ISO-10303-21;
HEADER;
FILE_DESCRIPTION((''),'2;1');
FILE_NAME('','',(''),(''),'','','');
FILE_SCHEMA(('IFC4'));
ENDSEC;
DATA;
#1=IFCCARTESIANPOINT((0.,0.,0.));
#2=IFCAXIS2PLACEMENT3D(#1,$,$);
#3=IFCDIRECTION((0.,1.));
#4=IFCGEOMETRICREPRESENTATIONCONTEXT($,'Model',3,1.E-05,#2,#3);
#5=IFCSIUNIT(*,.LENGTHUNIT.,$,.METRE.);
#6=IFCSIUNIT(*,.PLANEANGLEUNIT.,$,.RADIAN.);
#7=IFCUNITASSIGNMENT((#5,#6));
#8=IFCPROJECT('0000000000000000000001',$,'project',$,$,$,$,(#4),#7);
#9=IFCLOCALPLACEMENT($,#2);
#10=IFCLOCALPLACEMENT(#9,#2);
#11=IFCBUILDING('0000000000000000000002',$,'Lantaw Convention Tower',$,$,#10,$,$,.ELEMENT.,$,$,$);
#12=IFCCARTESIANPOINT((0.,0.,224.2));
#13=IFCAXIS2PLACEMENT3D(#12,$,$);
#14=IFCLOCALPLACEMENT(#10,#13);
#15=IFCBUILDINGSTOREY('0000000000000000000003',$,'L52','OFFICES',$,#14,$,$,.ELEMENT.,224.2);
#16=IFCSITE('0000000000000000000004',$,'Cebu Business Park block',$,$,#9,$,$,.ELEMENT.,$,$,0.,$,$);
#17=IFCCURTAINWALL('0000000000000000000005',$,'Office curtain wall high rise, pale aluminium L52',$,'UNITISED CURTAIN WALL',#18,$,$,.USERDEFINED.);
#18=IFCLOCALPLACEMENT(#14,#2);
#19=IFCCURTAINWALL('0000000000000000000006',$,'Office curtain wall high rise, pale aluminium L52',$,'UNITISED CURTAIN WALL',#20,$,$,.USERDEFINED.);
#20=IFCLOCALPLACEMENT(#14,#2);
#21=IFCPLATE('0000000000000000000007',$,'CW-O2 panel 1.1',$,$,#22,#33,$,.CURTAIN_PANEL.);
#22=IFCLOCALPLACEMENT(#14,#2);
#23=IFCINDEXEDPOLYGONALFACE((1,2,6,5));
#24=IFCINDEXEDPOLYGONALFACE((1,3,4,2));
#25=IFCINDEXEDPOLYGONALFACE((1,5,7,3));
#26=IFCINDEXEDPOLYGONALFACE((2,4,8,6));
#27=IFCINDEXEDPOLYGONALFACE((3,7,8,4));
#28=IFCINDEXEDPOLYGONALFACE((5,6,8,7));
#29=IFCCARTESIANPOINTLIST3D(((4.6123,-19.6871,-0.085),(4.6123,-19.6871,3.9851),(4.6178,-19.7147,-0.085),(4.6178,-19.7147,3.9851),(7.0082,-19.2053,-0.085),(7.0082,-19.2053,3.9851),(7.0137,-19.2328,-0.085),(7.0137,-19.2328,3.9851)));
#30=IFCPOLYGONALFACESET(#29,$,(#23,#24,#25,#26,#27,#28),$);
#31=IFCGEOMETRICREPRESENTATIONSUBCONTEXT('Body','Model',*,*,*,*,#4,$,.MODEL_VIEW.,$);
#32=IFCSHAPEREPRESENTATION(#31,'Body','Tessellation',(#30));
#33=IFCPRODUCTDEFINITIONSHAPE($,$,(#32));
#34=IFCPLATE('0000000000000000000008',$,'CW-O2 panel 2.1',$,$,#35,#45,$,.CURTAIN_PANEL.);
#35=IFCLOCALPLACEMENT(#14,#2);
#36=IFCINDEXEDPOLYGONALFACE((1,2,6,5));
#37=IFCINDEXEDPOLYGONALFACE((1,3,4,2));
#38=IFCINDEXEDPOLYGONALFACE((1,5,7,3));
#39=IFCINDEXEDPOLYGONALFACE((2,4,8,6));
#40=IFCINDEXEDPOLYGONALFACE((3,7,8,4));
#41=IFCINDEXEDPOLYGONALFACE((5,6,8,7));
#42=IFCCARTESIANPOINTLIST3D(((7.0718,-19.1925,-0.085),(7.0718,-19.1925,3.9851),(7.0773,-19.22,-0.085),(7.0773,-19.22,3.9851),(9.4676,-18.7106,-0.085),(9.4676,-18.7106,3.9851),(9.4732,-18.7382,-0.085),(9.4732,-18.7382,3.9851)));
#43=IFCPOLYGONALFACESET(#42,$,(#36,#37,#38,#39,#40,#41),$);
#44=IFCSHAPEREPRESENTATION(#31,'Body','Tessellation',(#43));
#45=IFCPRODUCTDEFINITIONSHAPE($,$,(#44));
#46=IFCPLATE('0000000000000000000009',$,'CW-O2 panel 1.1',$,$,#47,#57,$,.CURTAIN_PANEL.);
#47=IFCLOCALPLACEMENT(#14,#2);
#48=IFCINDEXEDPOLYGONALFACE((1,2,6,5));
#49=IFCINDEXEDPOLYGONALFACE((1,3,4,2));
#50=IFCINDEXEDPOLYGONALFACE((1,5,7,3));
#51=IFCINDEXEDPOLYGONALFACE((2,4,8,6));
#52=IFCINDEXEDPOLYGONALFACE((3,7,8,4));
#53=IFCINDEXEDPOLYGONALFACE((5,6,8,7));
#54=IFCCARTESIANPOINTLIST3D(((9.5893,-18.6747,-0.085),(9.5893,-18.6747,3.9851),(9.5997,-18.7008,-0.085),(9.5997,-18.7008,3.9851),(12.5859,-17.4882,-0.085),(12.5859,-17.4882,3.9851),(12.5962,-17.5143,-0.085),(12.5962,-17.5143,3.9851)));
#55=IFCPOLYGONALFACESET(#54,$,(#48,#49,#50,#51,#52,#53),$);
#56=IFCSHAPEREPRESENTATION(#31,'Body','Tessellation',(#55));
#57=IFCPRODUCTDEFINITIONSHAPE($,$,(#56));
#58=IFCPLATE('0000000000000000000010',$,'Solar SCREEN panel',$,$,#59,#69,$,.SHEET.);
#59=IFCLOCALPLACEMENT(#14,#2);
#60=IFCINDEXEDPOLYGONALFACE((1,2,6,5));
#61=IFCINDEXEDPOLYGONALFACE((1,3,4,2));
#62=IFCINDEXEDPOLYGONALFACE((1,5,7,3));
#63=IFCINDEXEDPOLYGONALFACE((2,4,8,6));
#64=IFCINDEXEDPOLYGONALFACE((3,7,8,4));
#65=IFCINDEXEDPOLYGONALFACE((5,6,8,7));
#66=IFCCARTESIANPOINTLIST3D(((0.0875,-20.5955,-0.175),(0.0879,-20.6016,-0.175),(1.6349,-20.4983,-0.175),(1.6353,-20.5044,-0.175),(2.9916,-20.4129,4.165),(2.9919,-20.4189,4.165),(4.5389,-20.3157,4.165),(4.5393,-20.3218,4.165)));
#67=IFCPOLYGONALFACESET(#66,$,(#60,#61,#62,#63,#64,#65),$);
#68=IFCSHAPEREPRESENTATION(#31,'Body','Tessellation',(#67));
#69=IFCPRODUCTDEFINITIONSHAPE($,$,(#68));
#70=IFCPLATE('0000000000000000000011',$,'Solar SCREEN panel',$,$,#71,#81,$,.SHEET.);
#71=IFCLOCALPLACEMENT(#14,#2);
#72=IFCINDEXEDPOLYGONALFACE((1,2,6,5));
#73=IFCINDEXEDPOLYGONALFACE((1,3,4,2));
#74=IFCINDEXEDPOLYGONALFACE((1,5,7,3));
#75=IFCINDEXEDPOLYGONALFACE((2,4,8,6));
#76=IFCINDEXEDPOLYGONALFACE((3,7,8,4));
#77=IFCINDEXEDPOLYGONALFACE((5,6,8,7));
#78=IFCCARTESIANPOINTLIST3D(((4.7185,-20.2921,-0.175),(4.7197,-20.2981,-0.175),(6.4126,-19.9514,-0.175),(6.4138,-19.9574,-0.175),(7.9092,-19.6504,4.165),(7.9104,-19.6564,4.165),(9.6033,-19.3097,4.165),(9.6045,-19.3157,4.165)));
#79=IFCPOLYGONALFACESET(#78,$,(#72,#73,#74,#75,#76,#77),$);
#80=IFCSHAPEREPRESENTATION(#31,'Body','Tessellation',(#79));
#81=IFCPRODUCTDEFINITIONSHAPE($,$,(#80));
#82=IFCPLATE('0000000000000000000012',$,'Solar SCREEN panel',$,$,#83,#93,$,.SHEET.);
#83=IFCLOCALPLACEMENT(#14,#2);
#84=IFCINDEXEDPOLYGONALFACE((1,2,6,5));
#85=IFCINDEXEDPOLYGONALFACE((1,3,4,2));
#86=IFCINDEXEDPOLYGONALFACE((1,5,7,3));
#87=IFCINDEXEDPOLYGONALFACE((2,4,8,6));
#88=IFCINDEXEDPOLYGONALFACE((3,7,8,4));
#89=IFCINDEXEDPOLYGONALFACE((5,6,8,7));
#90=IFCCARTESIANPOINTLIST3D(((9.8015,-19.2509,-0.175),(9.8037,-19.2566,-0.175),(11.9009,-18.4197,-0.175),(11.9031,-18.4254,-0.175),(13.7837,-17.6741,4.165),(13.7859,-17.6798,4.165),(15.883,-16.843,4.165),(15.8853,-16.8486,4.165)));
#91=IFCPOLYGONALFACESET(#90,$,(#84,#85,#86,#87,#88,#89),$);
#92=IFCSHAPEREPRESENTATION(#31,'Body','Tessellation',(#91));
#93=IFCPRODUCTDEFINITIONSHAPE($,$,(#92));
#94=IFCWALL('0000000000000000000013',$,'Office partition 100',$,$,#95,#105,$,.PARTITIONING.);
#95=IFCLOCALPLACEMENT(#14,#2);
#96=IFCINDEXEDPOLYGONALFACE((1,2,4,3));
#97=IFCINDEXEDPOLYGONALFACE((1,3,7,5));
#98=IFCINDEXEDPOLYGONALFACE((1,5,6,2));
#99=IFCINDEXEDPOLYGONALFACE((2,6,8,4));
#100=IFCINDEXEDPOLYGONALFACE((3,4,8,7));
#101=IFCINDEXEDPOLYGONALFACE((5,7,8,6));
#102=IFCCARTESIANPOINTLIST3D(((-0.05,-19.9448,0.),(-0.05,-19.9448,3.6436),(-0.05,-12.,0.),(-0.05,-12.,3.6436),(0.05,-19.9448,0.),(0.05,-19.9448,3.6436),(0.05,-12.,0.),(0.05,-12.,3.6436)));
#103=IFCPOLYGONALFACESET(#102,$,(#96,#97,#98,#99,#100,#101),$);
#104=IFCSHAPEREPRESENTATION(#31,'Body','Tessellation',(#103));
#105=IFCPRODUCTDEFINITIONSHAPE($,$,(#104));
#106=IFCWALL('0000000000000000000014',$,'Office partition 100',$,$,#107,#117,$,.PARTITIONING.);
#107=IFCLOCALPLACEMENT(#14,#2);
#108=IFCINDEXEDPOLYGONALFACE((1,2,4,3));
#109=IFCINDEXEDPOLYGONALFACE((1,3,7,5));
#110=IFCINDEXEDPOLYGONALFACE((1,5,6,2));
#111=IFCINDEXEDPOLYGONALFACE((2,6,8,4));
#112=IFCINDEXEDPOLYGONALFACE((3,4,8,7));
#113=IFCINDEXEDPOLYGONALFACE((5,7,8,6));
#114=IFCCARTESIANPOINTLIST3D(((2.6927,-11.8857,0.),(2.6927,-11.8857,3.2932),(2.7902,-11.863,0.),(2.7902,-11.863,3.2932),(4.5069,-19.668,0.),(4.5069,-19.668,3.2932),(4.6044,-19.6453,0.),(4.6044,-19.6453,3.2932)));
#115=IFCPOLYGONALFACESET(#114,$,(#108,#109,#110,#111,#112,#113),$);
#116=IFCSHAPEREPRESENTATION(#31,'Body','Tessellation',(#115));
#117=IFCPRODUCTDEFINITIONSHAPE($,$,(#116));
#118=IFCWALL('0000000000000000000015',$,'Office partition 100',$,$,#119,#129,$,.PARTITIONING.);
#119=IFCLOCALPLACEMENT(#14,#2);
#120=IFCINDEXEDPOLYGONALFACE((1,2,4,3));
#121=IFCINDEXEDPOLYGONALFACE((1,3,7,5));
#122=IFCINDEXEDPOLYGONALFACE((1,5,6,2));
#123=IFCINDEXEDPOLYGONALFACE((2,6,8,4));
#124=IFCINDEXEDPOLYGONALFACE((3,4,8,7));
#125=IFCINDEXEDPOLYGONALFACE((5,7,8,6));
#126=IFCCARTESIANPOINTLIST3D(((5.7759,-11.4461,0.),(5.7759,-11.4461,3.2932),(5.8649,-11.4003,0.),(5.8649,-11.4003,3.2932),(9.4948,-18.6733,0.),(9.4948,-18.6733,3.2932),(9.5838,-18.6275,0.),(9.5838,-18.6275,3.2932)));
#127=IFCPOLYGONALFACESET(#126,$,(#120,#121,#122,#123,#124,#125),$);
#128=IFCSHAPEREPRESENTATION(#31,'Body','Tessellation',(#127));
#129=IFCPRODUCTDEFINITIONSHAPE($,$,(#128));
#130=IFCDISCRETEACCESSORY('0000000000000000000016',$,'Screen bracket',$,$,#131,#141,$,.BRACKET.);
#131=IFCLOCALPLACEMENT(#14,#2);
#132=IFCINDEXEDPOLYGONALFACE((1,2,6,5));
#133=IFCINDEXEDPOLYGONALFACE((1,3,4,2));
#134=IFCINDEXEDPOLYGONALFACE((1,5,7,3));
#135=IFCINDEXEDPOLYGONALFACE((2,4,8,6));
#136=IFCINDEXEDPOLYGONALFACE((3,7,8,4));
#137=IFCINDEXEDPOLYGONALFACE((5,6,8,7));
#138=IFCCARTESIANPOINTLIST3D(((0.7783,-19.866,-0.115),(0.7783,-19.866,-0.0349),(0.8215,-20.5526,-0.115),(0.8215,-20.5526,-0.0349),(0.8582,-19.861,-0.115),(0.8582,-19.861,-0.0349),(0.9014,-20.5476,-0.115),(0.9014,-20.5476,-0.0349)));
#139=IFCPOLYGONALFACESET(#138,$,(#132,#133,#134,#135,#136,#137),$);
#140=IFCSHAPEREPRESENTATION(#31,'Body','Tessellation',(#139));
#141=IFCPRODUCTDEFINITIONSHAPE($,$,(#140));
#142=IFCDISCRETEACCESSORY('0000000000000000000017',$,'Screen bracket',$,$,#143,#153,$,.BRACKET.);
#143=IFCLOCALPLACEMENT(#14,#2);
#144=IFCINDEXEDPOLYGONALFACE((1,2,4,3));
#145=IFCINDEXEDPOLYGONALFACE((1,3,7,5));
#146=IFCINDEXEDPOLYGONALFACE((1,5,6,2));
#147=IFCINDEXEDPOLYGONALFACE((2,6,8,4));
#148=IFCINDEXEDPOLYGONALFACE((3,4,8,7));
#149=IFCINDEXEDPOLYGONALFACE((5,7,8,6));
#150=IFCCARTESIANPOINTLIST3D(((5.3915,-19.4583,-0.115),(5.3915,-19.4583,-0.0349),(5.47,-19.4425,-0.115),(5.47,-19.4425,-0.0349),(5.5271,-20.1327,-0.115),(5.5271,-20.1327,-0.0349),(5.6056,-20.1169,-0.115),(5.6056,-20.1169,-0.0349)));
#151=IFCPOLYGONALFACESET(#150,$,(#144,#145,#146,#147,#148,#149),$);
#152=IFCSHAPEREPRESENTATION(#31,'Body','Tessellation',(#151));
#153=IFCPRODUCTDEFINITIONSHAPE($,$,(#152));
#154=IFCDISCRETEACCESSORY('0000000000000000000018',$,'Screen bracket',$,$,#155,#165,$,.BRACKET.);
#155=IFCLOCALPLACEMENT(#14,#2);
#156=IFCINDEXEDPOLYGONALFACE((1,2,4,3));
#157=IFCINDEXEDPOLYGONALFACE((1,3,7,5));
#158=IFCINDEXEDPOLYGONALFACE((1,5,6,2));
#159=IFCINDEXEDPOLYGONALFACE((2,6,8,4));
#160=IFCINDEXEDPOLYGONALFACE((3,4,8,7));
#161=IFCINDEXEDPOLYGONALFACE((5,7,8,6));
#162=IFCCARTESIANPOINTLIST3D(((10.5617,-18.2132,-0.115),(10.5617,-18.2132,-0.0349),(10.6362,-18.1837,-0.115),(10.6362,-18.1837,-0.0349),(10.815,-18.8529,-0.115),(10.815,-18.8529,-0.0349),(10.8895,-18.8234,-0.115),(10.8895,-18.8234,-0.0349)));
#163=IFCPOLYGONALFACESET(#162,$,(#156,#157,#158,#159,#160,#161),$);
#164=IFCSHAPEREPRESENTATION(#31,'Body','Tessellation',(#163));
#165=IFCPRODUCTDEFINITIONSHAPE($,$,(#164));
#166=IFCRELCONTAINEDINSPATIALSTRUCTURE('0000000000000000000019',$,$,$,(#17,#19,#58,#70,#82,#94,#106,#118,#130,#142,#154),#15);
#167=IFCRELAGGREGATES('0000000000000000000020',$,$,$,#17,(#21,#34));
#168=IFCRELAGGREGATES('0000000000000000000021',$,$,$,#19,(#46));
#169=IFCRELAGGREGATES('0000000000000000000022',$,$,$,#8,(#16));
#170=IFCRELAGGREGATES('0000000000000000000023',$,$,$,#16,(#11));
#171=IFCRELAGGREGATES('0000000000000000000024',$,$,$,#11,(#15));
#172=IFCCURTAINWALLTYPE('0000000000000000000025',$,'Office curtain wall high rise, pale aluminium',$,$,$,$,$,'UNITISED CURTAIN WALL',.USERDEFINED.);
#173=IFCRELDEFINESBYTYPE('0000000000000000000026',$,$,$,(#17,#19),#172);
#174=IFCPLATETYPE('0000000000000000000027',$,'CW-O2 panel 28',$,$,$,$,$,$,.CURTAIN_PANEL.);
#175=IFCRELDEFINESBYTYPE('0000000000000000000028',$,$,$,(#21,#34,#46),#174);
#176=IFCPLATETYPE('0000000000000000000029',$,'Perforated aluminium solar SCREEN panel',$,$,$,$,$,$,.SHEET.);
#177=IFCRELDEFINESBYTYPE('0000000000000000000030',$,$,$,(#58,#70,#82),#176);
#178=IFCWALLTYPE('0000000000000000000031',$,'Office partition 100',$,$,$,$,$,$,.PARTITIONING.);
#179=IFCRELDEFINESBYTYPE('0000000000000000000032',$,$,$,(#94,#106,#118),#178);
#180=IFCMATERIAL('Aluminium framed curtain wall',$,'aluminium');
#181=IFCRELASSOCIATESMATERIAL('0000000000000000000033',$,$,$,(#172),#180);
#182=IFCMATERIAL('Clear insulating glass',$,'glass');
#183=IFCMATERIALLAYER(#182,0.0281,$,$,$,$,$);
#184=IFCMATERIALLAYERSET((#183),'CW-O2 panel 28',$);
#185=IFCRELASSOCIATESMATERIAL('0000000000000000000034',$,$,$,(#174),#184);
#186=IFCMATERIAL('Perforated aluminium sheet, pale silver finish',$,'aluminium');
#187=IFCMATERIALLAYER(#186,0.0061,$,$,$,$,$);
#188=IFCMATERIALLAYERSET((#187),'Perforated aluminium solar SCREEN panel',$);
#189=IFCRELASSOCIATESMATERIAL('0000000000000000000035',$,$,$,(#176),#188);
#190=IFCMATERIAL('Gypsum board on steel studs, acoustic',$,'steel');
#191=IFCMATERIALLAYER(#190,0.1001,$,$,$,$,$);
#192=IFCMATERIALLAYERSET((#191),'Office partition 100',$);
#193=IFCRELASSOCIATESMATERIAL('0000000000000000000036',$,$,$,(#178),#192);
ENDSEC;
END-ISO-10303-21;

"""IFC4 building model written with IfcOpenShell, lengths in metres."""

from ifc_helpers import new_model, si_unit, direction, frame, frame_2d, origin, origin_2d, place, context, subcontext, project, spatial, polyline, rectangle, outline, extrude, material, layer, layer_set, type_object, element, aggregate, save


model = new_model("IFC4")

# Units and contexts
model_context = context("Model", 3, precision=1e-05, world=origin(), true_north=direction((0.0, 1.0)))
body_context = subcontext(model_context, "Body", "Model", "MODEL_VIEW")
ifc_project = project(units=[si_unit("LENGTHUNIT", "METRE"), si_unit("PLANEANGLEUNIT", "RADIAN")], contexts=[model_context])

# Site, building, storey
site_placement = place(None, origin())
site = spatial("IfcSite", under=ifc_project, at=site_placement, Name="Cebu Business Park block", CompositionType="ELEMENT", RefElevation=0.0)
building_placement = place(site_placement, origin())
building = spatial("IfcBuilding", under=site, at=building_placement, Name="Lantaw Convention Tower", CompositionType="ELEMENT")
storey_placement = place(building_placement, frame((0.0, 0.0, 224.2)))
storey = spatial("IfcBuildingStorey", under=building, at=storey_placement, Name="L52", Description="OFFICES", CompositionType="ELEMENT", Elevation=224.2)

# Curtain wall
ifc_material_1 = material(Name="Aluminium framed curtain wall", Category="aluminium")
curtain_wall_type = type_object("IfcCurtainWallType", Name="Office curtain wall high rise, pale aluminium", ElementType="UNITISED CURTAIN WALL", PredefinedType="USERDEFINED", material=ifc_material_1)
curtain_wall_1_placement = place(storey_placement, origin())
curtain_wall_1 = element("IfcCurtainWall", 1, at=curtain_wall_1_placement, inside=storey, type_object=curtain_wall_type, Name="Office curtain wall high rise, pale aluminium L52", ObjectType="UNITISED CURTAIN WALL", PredefinedType="USERDEFINED")

# Curtain wall
curtain_wall_2_placement = place(storey_placement, origin())
curtain_wall_2 = element("IfcCurtainWall", 2, at=curtain_wall_2_placement, inside=storey, type_object=curtain_wall_type, Name="Office curtain wall high rise, pale aluminium L52", ObjectType="UNITISED CURTAIN WALL", PredefinedType="USERDEFINED")

# Plates
ifc_material_2 = material(Name="Clear insulating glass", Category="glass")
ifc_layer_1 = layer(ifc_material_2, 0.0281)
ifc_layer_set_1 = layer_set([ifc_layer_1], Name="CW-O2 panel 28")
plate_type_1 = type_object("IfcPlateType", Name="CW-O2 panel 28", PredefinedType="CURTAIN_PANEL", material=ifc_layer_set_1)
plate_1_placement = place(storey_placement, frame((5.813, -19.46, -0.085), z_axis=(0.0, 0.0, 1.0), x_axis=(0.980367, 0.197183, 0.0)))
plate_1 = element("IfcPlate", 3, at=plate_1_placement, type_object=plate_type_1, Name="CW-O2 panel 1.1", PredefinedType="CURTAIN_PANEL", context=body_context, shape_type="SweptSolid", body=[
    extrude(rectangle(XDim=2.4438, YDim=0.0281, at=origin_2d()), origin(), (0.0, 0.0, 1.0), 4.0701),
])
plate_2_placement = place(storey_placement, frame((8.2725, -18.9653, -0.085), z_axis=(0.0, 0.0, 1.0), x_axis=(0.980367, 0.197183, 0.0)))
plate_2 = element("IfcPlate", 4, at=plate_2_placement, type_object=plate_type_1, Name="CW-O2 panel 2.1", PredefinedType="CURTAIN_PANEL", context=body_context, shape_type="SweptSolid", body=[
    extrude(rectangle(XDim=2.4438, YDim=0.0281, at=origin_2d()), origin(), (0.0, 0.0, 1.0), 4.0701),
])
aggregate(curtain_wall_1, [plate_1, plate_2])
plate_3_placement = place(storey_placement, frame((11.0928, -18.0945, -0.085), z_axis=(0.0, 0.0, 1.0), x_axis=(0.929762, 0.368162, 0.0)))
plate_3 = element("IfcPlate", 5, at=plate_3_placement, type_object=plate_type_1, Name="CW-O2 panel 1.1", PredefinedType="CURTAIN_PANEL", context=body_context, shape_type="SweptSolid", body=[
    extrude(rectangle(XDim=3.2229, YDim=0.0281, at=origin_2d()), origin(), (0.0, 0.0, 1.0), 4.0701),
])
aggregate(curtain_wall_2, [plate_3])

# Plates
ifc_material_3 = material(Name="Perforated aluminium sheet, pale silver finish", Category="aluminium")
ifc_layer_2 = layer(ifc_material_3, 0.0061)
ifc_layer_set_2 = layer_set([ifc_layer_2], Name="Perforated aluminium solar SCREEN panel")
plate_type_2 = type_object("IfcPlateType", Name="Perforated aluminium solar SCREEN panel", PredefinedType="SHEET", material=ifc_layer_set_2)
plate_4_placement = place(storey_placement, frame((0.0879, -20.6016, -0.175), z_axis=(0.062672, -0.998034, 0.000059), x_axis=(0.998034, 0.062672, 0.0)))
element("IfcPlate", 6, at=plate_4_placement, inside=storey, type_object=plate_type_2, Name="Solar SCREEN panel", PredefinedType="SHEET", context=body_context, shape_type="SweptSolid", body=[
    extrude(outline(polyline([(0.0, 0.0), (1.5504, 0.0), (4.4602, 4.3401), (2.9098, 4.3401), (0.0, 0.0)])), origin(), (0.0, 0.0, -1.0), 0.0061),
])
plate_5_placement = place(storey_placement, frame((4.7197, -20.2981, -0.175), z_axis=(0.197162, -0.980371, 0.000011), x_axis=(0.980371, 0.197162, 0.0)))
element("IfcPlate", 7, at=plate_5_placement, inside=storey, type_object=plate_type_2, Name="Solar SCREEN panel", PredefinedType="SHEET", context=body_context, shape_type="SweptSolid", body=[
    extrude(outline(polyline([(0.0, 0.0), (1.728, 0.0), (4.9826, 4.3401), (3.2546, 4.3401), (0.0, 0.0)])), origin(), (0.0, 0.0, -1.0), 0.0061),
])
plate_6_placement = place(storey_placement, frame((9.8037, -19.2566, -0.175), z_axis=(0.368117, -0.92978, 0.000036), x_axis=(0.92978, 0.368117, 0.0)))
element("IfcPlate", 8, at=plate_6_placement, inside=storey, type_object=plate_type_2, Name="Solar SCREEN panel", PredefinedType="SHEET", context=body_context, shape_type="SweptSolid", body=[
    extrude(outline(polyline([(0.0, 0.0), (2.258, 0.0), (6.5409, 4.3401), (4.283, 4.3401), (0.0, 0.0)])), origin(), (0.0, 0.0, -1.0), 0.0061),
])

# Walls
ifc_material_4 = material(Name="Gypsum board on steel studs, acoustic", Category="steel")
ifc_layer_3 = layer(ifc_material_4, 0.1001)
ifc_layer_set_3 = layer_set([ifc_layer_3], Name="Office partition 100")
wall_type = type_object("IfcWallType", Name="Office partition 100", PredefinedType="PARTITIONING", material=ifc_layer_set_3)
wall_1_placement = place(storey_placement, frame((0.0, -19.9448, 0.0), z_axis=(0.0, 0.0, 1.0), x_axis=(0.0, 1.0, 0.0)))
element("IfcWall", 9, at=wall_1_placement, inside=storey, type_object=wall_type, Name="Office partition 100", PredefinedType="PARTITIONING", context=body_context, shape_type="SweptSolid", body=[
    extrude(rectangle(XDim=7.9448, YDim=0.1001, at=frame_2d((3.9724, 0.0))), origin(), (0.0, 0.0, 1.0), 3.6436),
])
wall_2_placement = place(storey_placement, frame((4.5557, -19.6567, 0.0), z_axis=(0.0, 0.0, 1.0), x_axis=(-0.227035, 0.973887, 0.0)))
element("IfcWall", 10, at=wall_2_placement, inside=storey, type_object=wall_type, Name="Office partition 100", PredefinedType="PARTITIONING", context=body_context, shape_type="SweptSolid", body=[
    extrude(rectangle(XDim=7.991, YDim=0.1001, at=frame_2d((3.9956, 0.0))), origin(), (0.0, 0.0, 1.0), 3.2932),
])
wall_3_placement = place(storey_placement, frame((9.5393, -18.6504, 0.0), z_axis=(0.0, 0.0, 1.0), x_axis=(-0.457552, 0.889183, 0.0)))
element("IfcWall", 11, at=wall_3_placement, inside=storey, type_object=wall_type, Name="Office partition 100", PredefinedType="PARTITIONING", context=body_context, shape_type="SweptSolid", body=[
    extrude(rectangle(XDim=8.1279, YDim=0.1001, at=frame_2d((4.064, 0.0))), origin(), (0.0, 0.0, 1.0), 3.2932),
])

# Discrete accessories
for number, where, z_axis, x_axis, name in (
    (12, (0.8398, -20.2068, -0.115), (0.0, 0.0, 1.0), (0.998029, 0.062758, 0.0), "Screen bracket"),
    (13, (5.4985, -19.7876, -0.115), (0.0, 0.0, 1.0), (0.980367, 0.197183, 0.0), "Screen bracket"),
    (14, (10.7256, -18.5183, -0.115), (0.0, 0.0, 1.0), (0.929762, 0.368162, 0.0), "Screen bracket"),
):
    element("IfcDiscreteAccessory", number, at=place(storey_placement, frame(where, z_axis=z_axis, x_axis=x_axis)), inside=storey, Name=name, PredefinedType="BRACKET", context=body_context, shape_type="SweptSolid", body=[
        extrude(rectangle(XDim=0.0801, YDim=0.688, at=origin_2d()), origin(), (0.0, 0.0, 1.0), 0.0801),
    ])

save(model, "model.ifc")
